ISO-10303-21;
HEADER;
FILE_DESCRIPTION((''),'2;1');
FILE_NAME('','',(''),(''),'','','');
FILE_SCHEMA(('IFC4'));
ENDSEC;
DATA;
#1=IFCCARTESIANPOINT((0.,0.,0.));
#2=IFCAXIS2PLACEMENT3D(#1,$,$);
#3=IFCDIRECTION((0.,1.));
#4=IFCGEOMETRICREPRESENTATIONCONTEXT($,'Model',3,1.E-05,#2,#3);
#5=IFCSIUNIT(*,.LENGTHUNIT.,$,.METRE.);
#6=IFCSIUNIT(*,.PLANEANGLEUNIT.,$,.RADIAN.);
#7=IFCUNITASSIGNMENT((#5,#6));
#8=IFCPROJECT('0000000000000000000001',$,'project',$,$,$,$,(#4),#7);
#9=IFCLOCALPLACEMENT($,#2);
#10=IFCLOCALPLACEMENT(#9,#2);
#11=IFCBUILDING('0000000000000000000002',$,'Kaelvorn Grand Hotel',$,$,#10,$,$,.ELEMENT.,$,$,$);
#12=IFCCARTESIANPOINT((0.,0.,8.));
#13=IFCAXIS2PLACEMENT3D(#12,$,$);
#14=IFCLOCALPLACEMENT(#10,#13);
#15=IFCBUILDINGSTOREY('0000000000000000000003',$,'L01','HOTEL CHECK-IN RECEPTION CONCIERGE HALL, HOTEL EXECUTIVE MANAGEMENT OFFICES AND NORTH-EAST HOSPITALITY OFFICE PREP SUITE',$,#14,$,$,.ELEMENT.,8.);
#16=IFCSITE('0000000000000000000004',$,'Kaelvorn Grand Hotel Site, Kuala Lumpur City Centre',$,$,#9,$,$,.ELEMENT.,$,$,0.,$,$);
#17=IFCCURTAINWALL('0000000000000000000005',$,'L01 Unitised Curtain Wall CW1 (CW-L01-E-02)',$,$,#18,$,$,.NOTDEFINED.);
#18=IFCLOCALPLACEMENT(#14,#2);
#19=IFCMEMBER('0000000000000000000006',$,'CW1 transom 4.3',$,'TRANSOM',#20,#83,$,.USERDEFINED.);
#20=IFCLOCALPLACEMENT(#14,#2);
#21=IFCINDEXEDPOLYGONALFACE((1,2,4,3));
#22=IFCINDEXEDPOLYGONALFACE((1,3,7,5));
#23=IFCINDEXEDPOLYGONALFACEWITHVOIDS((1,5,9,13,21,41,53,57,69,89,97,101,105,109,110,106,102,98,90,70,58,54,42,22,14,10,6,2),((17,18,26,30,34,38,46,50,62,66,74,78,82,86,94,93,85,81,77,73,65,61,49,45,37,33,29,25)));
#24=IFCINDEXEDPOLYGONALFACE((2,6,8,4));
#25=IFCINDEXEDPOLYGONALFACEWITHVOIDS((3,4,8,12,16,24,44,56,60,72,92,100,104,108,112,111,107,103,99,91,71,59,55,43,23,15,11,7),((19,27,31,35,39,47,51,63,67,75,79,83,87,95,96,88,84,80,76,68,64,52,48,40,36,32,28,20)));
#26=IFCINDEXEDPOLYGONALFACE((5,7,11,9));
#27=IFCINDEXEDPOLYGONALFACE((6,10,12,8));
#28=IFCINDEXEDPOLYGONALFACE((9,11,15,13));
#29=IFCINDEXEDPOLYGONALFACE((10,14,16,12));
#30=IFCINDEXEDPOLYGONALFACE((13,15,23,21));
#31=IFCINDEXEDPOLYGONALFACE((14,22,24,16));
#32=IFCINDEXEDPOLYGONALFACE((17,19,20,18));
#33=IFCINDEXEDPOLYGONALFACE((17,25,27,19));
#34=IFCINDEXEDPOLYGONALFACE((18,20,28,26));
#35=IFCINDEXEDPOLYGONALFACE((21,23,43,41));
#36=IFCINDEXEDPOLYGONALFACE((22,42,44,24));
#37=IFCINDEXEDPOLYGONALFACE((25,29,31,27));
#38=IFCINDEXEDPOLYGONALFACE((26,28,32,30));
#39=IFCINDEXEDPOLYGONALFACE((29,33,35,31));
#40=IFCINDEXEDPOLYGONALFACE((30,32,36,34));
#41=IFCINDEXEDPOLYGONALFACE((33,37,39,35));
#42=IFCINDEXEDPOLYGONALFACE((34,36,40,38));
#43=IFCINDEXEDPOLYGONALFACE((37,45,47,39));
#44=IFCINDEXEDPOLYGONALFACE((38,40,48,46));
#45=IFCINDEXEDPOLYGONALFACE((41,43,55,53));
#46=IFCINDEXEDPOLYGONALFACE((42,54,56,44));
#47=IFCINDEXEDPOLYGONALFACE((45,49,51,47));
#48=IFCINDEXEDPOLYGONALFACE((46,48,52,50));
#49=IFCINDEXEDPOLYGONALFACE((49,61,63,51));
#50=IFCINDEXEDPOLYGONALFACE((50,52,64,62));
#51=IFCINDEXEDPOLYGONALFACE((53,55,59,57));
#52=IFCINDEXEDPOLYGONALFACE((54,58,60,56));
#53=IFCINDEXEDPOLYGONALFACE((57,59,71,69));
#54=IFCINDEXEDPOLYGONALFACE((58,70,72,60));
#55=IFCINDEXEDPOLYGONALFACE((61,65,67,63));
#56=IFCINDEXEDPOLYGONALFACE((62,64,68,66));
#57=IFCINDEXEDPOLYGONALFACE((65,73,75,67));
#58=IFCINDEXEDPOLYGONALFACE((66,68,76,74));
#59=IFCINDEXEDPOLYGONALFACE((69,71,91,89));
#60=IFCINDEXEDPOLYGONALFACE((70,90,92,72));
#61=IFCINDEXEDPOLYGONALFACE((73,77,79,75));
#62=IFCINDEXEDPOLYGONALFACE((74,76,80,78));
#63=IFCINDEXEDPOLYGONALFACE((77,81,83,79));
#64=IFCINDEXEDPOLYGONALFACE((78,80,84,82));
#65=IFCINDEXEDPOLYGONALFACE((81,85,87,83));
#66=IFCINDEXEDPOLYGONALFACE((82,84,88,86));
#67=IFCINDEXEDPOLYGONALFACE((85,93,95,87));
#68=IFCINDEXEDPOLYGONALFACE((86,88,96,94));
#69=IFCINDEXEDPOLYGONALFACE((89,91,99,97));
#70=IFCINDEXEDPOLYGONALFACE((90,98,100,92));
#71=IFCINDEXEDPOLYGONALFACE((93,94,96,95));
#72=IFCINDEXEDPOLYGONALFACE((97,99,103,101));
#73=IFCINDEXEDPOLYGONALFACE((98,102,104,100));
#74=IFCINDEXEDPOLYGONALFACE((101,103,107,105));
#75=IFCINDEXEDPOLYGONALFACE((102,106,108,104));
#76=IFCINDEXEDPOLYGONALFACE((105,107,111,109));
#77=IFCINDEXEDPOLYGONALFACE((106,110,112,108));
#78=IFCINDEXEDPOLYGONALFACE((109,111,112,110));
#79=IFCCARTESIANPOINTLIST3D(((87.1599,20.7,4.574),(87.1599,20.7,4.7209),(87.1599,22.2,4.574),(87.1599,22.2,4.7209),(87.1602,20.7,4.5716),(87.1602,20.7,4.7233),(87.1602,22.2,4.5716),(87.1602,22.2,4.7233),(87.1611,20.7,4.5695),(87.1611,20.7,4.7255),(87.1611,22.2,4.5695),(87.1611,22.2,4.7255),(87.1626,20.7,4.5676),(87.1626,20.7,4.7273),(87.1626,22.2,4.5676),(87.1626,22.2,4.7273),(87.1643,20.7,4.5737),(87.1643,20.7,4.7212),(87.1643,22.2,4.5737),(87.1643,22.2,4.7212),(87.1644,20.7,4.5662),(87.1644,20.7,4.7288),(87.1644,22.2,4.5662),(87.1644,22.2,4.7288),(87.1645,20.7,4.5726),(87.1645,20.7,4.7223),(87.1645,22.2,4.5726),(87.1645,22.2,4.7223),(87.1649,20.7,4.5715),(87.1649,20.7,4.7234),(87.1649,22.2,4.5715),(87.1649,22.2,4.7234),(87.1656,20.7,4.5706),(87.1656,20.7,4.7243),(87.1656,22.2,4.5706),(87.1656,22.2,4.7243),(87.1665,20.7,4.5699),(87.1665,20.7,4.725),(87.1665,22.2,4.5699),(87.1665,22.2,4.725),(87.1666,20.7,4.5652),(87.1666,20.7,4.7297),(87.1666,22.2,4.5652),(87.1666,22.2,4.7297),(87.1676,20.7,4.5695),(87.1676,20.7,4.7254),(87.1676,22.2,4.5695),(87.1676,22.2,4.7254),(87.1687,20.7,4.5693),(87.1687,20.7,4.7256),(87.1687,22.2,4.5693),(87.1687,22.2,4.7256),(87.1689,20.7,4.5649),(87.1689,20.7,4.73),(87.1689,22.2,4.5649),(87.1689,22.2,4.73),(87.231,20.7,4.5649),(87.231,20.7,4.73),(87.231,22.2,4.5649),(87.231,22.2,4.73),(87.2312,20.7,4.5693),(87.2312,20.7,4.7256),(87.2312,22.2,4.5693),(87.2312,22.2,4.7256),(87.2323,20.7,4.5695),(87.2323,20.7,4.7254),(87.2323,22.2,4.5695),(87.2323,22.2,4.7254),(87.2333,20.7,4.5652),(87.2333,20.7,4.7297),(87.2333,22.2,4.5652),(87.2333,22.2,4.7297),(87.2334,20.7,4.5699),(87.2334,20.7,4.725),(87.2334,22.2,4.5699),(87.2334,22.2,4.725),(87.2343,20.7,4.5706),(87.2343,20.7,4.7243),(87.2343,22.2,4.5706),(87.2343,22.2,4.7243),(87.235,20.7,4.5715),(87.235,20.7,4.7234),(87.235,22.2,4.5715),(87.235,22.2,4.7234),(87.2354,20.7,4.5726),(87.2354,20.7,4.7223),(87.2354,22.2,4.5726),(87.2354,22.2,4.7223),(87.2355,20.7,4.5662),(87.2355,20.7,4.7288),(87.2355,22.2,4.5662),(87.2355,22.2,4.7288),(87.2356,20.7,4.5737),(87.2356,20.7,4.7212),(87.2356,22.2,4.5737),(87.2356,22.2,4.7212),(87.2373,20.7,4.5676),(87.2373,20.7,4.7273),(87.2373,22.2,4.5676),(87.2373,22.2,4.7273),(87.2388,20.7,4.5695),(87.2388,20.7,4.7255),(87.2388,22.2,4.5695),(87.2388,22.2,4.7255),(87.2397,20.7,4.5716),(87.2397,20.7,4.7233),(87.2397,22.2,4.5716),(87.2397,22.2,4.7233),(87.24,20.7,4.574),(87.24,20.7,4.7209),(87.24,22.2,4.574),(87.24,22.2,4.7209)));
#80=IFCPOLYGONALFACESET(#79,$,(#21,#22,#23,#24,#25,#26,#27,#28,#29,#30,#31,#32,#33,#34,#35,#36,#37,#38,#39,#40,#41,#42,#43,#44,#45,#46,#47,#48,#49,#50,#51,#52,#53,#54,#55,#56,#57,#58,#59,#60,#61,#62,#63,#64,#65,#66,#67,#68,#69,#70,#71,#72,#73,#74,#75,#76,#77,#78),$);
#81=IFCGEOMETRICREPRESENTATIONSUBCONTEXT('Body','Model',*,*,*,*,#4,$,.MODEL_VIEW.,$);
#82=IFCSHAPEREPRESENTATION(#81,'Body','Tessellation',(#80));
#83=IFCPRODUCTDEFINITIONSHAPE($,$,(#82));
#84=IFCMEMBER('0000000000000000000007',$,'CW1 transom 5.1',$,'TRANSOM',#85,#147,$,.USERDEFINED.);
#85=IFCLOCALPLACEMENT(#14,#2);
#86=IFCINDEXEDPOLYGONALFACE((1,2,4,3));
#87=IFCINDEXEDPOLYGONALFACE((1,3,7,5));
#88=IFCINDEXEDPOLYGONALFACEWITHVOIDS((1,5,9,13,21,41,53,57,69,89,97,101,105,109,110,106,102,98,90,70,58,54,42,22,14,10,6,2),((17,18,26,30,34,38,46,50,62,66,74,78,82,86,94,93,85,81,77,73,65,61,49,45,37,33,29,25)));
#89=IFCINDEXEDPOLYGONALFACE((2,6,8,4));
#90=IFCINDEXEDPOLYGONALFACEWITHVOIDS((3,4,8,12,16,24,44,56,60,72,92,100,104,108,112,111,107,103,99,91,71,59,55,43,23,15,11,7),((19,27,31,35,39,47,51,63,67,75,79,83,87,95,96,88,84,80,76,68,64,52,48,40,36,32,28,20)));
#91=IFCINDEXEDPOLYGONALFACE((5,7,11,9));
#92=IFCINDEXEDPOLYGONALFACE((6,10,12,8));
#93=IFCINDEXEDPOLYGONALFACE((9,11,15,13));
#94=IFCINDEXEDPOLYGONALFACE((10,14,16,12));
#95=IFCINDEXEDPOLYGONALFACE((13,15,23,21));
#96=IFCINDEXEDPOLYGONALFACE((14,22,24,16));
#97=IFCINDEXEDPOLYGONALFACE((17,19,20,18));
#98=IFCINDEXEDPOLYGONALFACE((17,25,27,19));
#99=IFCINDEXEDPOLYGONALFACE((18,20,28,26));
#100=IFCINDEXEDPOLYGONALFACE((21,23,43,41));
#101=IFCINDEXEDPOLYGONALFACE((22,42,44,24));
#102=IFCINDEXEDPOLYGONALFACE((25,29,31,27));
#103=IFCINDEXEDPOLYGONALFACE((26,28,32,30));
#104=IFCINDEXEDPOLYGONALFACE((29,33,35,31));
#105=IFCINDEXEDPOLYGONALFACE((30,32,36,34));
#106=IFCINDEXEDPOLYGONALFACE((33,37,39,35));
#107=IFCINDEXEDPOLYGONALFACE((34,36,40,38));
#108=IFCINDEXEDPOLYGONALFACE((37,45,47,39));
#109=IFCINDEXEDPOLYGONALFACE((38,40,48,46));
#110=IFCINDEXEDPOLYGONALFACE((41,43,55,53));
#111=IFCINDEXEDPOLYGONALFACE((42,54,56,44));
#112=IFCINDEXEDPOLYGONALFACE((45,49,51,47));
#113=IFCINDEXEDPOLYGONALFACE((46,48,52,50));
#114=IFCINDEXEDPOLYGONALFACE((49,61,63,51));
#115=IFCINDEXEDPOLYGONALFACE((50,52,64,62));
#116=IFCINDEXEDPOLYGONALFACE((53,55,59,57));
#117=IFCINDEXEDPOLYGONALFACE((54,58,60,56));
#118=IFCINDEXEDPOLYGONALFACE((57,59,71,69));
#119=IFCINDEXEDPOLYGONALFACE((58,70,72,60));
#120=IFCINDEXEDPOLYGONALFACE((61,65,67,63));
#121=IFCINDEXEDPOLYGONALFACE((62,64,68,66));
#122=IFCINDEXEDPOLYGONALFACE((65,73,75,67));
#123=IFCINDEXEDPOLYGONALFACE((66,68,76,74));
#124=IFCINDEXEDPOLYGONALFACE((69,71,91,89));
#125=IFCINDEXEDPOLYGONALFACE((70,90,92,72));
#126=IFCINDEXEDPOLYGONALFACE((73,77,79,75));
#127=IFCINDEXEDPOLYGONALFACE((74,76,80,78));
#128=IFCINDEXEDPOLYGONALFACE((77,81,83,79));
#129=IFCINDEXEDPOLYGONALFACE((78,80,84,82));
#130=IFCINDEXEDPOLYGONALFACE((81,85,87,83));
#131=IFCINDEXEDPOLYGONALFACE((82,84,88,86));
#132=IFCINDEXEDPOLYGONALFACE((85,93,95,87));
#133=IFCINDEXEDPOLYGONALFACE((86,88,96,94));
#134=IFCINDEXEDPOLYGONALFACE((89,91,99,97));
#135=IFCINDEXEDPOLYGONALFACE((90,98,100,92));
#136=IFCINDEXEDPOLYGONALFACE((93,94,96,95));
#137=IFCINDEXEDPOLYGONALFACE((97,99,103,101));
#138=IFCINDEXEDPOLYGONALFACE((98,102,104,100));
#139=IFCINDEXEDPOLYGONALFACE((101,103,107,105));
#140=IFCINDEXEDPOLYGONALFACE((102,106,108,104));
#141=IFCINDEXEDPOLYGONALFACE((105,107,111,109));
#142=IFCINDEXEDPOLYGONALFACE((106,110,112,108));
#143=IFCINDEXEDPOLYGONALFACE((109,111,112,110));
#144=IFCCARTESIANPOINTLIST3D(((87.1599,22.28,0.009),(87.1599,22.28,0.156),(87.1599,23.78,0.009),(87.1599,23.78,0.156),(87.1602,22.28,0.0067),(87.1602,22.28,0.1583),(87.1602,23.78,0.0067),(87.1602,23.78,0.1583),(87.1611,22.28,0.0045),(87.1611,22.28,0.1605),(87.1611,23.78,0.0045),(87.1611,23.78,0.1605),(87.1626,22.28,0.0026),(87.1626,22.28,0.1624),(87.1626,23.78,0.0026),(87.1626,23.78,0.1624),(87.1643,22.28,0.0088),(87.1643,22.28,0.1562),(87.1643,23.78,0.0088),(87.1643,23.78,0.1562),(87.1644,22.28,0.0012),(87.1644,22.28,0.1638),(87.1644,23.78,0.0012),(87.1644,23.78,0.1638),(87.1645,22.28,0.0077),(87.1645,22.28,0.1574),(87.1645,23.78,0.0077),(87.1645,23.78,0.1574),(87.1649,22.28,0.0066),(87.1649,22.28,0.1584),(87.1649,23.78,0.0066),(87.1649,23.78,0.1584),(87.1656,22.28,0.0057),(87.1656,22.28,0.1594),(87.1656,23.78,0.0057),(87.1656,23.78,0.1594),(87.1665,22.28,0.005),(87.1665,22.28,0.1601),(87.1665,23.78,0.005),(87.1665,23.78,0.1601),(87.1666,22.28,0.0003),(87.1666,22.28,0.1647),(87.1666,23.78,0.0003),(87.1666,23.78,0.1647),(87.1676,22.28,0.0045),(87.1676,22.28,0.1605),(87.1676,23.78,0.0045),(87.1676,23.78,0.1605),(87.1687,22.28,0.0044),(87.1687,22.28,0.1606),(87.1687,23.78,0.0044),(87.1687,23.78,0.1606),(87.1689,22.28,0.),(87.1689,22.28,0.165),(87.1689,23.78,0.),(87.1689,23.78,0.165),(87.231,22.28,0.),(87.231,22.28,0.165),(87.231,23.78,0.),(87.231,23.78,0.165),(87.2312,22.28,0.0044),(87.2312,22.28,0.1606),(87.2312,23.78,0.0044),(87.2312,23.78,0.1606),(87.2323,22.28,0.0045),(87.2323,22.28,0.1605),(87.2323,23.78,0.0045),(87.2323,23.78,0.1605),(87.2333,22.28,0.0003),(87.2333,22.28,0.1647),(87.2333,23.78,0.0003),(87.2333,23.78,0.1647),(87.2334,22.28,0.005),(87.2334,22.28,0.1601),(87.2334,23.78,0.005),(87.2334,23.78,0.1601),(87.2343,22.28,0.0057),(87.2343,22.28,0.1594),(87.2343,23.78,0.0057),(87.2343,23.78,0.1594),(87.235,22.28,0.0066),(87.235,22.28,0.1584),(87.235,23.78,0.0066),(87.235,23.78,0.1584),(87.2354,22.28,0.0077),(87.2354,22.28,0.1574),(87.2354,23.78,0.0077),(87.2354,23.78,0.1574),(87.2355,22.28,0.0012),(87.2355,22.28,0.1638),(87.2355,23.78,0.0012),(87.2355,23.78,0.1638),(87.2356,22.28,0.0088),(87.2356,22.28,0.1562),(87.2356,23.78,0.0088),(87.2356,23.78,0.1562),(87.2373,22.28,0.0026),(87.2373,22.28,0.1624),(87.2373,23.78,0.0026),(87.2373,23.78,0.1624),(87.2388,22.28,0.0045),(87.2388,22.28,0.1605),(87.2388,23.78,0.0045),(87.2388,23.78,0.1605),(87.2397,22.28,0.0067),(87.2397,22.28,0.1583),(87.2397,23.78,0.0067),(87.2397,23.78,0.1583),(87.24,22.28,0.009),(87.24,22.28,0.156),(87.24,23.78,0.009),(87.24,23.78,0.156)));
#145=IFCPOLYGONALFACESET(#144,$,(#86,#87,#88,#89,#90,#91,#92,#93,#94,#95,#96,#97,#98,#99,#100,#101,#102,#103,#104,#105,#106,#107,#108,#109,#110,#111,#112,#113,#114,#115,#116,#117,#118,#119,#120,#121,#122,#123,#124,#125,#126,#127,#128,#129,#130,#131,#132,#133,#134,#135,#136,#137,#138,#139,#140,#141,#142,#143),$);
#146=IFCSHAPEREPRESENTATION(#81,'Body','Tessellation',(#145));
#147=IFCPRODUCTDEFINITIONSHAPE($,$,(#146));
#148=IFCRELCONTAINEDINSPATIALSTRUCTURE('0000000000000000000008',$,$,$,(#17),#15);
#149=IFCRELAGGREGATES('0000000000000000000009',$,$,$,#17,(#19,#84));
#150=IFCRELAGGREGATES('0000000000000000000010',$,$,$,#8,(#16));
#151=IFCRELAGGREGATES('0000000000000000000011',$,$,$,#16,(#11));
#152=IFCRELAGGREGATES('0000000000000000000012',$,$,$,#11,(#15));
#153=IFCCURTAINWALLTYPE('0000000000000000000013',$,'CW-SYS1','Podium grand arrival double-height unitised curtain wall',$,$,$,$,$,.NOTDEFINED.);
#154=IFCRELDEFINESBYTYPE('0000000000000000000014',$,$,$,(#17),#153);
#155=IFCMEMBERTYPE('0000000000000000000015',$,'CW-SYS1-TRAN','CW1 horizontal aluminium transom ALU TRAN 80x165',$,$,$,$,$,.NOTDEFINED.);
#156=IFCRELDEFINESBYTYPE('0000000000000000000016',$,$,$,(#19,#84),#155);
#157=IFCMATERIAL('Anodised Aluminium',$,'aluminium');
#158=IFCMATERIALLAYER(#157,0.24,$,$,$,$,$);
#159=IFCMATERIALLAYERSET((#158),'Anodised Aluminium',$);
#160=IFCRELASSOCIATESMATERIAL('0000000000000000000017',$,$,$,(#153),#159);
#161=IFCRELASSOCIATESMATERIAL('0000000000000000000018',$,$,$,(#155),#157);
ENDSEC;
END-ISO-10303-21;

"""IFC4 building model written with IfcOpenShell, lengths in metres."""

from ifc_helpers import new_model, si_unit, direction, frame, origin, origin_2d, place, context, subcontext, project, spatial, hollow_rectangle, extrude, material, layer, layer_set, material_profile, profile_set, type_object, element, aggregate, save


model = new_model("IFC4")

# Units and contexts
model_context = context("Model", 3, precision=1e-05, world=origin(), true_north=direction((0.0, 1.0)))
body_context = subcontext(model_context, "Body", "Model", "MODEL_VIEW")
ifc_project = project(units=[si_unit("LENGTHUNIT", "METRE"), si_unit("PLANEANGLEUNIT", "RADIAN")], contexts=[model_context])

# Site, building, storey
site_placement = place(None, origin())
site = spatial("IfcSite", under=ifc_project, at=site_placement, Name="Kaelvorn Grand Hotel Site, Kuala Lumpur City Centre", CompositionType="ELEMENT", RefElevation=0.0)
building_placement = place(site_placement, origin())
building = spatial("IfcBuilding", under=site, at=building_placement, Name="Kaelvorn Grand Hotel", CompositionType="ELEMENT")
storey_placement = place(building_placement, frame((0.0, 0.0, 8.0)))
storey = spatial("IfcBuildingStorey", under=building, at=storey_placement, Name="L01", Description="HOTEL CHECK-IN RECEPTION CONCIERGE HALL, HOTEL EXECUTIVE MANAGEMENT OFFICES AND NORTH-EAST HOSPITALITY OFFICE PREP SUITE", CompositionType="ELEMENT", Elevation=8.0)

# Curtain wall, members
ifc_material_1 = material(Name="Anodised Aluminium", Category="aluminium")
ifc_layer_1 = layer(ifc_material_1, 0.24)
ifc_layer_set_1 = layer_set([ifc_layer_1], Name="Anodised Aluminium")
curtain_wall_type = type_object("IfcCurtainWallType", Name="CW-SYS1", Description="Podium grand arrival double-height unitised curtain wall", PredefinedType="NOTDEFINED", material=ifc_layer_set_1)
curtain_wall_placement = place(storey_placement, origin())
curtain_wall = element("IfcCurtainWall", 1, at=curtain_wall_placement, inside=storey, type_object=curtain_wall_type, Name="L01 Unitised Curtain Wall CW1 (CW-L01-E-02)", PredefinedType="NOTDEFINED")
ifc_material_profile_1 = material_profile(ifc_material_1, hollow_rectangle(XDim=0.0801, YDim=0.165, WallThickness=0.0044, InnerFilletRadius=0.0044, OuterFilletRadius=0.009, at=origin_2d()), Name="ALU TRAN 80x165")
ifc_profile_set_1 = profile_set([ifc_material_profile_1], Name="Anodised Aluminium")
member_type_1 = type_object("IfcMemberType", Name="CW-SYS1-TRAN", Description="CW1 horizontal aluminium transom ALU TRAN 80x165", PredefinedType="NOTDEFINED", material=ifc_profile_set_1)
member_1_placement = place(storey_placement, frame((87.2, 20.7, 4.6475), z_axis=(0.0, 1.0, 0.0), x_axis=(-1.0, 0.0, 0.0)))
member_1 = element("IfcMember", 2, at=member_1_placement, type_object=member_type_1, Name="CW1 transom 4.3", ObjectType="TRANSOM", PredefinedType="USERDEFINED", context=body_context, shape_type="SweptSolid", body=[
    extrude(hollow_rectangle(XDim=0.0801, YDim=0.165, WallThickness=0.0044, InnerFilletRadius=0.0044, OuterFilletRadius=0.009, at=origin_2d()), origin(), (0.0, 0.0, 1.0), 1.5),
])
member_2_placement = place(storey_placement, frame((87.2, 22.28, 0.0825), z_axis=(0.0, 1.0, 0.0), x_axis=(-1.0, 0.0, 0.0)))
member_2 = element("IfcMember", 3, at=member_2_placement, type_object=member_type_1, Name="CW1 transom 5.1", ObjectType="TRANSOM", PredefinedType="USERDEFINED", context=body_context, shape_type="SweptSolid", body=[
    extrude(hollow_rectangle(XDim=0.0801, YDim=0.165, WallThickness=0.0044, InnerFilletRadius=0.0044, OuterFilletRadius=0.009, at=origin_2d()), origin(), (0.0, 0.0, 1.0), 1.5),
])
aggregate(curtain_wall, [member_1, member_2])

save(model, "model.ifc")
